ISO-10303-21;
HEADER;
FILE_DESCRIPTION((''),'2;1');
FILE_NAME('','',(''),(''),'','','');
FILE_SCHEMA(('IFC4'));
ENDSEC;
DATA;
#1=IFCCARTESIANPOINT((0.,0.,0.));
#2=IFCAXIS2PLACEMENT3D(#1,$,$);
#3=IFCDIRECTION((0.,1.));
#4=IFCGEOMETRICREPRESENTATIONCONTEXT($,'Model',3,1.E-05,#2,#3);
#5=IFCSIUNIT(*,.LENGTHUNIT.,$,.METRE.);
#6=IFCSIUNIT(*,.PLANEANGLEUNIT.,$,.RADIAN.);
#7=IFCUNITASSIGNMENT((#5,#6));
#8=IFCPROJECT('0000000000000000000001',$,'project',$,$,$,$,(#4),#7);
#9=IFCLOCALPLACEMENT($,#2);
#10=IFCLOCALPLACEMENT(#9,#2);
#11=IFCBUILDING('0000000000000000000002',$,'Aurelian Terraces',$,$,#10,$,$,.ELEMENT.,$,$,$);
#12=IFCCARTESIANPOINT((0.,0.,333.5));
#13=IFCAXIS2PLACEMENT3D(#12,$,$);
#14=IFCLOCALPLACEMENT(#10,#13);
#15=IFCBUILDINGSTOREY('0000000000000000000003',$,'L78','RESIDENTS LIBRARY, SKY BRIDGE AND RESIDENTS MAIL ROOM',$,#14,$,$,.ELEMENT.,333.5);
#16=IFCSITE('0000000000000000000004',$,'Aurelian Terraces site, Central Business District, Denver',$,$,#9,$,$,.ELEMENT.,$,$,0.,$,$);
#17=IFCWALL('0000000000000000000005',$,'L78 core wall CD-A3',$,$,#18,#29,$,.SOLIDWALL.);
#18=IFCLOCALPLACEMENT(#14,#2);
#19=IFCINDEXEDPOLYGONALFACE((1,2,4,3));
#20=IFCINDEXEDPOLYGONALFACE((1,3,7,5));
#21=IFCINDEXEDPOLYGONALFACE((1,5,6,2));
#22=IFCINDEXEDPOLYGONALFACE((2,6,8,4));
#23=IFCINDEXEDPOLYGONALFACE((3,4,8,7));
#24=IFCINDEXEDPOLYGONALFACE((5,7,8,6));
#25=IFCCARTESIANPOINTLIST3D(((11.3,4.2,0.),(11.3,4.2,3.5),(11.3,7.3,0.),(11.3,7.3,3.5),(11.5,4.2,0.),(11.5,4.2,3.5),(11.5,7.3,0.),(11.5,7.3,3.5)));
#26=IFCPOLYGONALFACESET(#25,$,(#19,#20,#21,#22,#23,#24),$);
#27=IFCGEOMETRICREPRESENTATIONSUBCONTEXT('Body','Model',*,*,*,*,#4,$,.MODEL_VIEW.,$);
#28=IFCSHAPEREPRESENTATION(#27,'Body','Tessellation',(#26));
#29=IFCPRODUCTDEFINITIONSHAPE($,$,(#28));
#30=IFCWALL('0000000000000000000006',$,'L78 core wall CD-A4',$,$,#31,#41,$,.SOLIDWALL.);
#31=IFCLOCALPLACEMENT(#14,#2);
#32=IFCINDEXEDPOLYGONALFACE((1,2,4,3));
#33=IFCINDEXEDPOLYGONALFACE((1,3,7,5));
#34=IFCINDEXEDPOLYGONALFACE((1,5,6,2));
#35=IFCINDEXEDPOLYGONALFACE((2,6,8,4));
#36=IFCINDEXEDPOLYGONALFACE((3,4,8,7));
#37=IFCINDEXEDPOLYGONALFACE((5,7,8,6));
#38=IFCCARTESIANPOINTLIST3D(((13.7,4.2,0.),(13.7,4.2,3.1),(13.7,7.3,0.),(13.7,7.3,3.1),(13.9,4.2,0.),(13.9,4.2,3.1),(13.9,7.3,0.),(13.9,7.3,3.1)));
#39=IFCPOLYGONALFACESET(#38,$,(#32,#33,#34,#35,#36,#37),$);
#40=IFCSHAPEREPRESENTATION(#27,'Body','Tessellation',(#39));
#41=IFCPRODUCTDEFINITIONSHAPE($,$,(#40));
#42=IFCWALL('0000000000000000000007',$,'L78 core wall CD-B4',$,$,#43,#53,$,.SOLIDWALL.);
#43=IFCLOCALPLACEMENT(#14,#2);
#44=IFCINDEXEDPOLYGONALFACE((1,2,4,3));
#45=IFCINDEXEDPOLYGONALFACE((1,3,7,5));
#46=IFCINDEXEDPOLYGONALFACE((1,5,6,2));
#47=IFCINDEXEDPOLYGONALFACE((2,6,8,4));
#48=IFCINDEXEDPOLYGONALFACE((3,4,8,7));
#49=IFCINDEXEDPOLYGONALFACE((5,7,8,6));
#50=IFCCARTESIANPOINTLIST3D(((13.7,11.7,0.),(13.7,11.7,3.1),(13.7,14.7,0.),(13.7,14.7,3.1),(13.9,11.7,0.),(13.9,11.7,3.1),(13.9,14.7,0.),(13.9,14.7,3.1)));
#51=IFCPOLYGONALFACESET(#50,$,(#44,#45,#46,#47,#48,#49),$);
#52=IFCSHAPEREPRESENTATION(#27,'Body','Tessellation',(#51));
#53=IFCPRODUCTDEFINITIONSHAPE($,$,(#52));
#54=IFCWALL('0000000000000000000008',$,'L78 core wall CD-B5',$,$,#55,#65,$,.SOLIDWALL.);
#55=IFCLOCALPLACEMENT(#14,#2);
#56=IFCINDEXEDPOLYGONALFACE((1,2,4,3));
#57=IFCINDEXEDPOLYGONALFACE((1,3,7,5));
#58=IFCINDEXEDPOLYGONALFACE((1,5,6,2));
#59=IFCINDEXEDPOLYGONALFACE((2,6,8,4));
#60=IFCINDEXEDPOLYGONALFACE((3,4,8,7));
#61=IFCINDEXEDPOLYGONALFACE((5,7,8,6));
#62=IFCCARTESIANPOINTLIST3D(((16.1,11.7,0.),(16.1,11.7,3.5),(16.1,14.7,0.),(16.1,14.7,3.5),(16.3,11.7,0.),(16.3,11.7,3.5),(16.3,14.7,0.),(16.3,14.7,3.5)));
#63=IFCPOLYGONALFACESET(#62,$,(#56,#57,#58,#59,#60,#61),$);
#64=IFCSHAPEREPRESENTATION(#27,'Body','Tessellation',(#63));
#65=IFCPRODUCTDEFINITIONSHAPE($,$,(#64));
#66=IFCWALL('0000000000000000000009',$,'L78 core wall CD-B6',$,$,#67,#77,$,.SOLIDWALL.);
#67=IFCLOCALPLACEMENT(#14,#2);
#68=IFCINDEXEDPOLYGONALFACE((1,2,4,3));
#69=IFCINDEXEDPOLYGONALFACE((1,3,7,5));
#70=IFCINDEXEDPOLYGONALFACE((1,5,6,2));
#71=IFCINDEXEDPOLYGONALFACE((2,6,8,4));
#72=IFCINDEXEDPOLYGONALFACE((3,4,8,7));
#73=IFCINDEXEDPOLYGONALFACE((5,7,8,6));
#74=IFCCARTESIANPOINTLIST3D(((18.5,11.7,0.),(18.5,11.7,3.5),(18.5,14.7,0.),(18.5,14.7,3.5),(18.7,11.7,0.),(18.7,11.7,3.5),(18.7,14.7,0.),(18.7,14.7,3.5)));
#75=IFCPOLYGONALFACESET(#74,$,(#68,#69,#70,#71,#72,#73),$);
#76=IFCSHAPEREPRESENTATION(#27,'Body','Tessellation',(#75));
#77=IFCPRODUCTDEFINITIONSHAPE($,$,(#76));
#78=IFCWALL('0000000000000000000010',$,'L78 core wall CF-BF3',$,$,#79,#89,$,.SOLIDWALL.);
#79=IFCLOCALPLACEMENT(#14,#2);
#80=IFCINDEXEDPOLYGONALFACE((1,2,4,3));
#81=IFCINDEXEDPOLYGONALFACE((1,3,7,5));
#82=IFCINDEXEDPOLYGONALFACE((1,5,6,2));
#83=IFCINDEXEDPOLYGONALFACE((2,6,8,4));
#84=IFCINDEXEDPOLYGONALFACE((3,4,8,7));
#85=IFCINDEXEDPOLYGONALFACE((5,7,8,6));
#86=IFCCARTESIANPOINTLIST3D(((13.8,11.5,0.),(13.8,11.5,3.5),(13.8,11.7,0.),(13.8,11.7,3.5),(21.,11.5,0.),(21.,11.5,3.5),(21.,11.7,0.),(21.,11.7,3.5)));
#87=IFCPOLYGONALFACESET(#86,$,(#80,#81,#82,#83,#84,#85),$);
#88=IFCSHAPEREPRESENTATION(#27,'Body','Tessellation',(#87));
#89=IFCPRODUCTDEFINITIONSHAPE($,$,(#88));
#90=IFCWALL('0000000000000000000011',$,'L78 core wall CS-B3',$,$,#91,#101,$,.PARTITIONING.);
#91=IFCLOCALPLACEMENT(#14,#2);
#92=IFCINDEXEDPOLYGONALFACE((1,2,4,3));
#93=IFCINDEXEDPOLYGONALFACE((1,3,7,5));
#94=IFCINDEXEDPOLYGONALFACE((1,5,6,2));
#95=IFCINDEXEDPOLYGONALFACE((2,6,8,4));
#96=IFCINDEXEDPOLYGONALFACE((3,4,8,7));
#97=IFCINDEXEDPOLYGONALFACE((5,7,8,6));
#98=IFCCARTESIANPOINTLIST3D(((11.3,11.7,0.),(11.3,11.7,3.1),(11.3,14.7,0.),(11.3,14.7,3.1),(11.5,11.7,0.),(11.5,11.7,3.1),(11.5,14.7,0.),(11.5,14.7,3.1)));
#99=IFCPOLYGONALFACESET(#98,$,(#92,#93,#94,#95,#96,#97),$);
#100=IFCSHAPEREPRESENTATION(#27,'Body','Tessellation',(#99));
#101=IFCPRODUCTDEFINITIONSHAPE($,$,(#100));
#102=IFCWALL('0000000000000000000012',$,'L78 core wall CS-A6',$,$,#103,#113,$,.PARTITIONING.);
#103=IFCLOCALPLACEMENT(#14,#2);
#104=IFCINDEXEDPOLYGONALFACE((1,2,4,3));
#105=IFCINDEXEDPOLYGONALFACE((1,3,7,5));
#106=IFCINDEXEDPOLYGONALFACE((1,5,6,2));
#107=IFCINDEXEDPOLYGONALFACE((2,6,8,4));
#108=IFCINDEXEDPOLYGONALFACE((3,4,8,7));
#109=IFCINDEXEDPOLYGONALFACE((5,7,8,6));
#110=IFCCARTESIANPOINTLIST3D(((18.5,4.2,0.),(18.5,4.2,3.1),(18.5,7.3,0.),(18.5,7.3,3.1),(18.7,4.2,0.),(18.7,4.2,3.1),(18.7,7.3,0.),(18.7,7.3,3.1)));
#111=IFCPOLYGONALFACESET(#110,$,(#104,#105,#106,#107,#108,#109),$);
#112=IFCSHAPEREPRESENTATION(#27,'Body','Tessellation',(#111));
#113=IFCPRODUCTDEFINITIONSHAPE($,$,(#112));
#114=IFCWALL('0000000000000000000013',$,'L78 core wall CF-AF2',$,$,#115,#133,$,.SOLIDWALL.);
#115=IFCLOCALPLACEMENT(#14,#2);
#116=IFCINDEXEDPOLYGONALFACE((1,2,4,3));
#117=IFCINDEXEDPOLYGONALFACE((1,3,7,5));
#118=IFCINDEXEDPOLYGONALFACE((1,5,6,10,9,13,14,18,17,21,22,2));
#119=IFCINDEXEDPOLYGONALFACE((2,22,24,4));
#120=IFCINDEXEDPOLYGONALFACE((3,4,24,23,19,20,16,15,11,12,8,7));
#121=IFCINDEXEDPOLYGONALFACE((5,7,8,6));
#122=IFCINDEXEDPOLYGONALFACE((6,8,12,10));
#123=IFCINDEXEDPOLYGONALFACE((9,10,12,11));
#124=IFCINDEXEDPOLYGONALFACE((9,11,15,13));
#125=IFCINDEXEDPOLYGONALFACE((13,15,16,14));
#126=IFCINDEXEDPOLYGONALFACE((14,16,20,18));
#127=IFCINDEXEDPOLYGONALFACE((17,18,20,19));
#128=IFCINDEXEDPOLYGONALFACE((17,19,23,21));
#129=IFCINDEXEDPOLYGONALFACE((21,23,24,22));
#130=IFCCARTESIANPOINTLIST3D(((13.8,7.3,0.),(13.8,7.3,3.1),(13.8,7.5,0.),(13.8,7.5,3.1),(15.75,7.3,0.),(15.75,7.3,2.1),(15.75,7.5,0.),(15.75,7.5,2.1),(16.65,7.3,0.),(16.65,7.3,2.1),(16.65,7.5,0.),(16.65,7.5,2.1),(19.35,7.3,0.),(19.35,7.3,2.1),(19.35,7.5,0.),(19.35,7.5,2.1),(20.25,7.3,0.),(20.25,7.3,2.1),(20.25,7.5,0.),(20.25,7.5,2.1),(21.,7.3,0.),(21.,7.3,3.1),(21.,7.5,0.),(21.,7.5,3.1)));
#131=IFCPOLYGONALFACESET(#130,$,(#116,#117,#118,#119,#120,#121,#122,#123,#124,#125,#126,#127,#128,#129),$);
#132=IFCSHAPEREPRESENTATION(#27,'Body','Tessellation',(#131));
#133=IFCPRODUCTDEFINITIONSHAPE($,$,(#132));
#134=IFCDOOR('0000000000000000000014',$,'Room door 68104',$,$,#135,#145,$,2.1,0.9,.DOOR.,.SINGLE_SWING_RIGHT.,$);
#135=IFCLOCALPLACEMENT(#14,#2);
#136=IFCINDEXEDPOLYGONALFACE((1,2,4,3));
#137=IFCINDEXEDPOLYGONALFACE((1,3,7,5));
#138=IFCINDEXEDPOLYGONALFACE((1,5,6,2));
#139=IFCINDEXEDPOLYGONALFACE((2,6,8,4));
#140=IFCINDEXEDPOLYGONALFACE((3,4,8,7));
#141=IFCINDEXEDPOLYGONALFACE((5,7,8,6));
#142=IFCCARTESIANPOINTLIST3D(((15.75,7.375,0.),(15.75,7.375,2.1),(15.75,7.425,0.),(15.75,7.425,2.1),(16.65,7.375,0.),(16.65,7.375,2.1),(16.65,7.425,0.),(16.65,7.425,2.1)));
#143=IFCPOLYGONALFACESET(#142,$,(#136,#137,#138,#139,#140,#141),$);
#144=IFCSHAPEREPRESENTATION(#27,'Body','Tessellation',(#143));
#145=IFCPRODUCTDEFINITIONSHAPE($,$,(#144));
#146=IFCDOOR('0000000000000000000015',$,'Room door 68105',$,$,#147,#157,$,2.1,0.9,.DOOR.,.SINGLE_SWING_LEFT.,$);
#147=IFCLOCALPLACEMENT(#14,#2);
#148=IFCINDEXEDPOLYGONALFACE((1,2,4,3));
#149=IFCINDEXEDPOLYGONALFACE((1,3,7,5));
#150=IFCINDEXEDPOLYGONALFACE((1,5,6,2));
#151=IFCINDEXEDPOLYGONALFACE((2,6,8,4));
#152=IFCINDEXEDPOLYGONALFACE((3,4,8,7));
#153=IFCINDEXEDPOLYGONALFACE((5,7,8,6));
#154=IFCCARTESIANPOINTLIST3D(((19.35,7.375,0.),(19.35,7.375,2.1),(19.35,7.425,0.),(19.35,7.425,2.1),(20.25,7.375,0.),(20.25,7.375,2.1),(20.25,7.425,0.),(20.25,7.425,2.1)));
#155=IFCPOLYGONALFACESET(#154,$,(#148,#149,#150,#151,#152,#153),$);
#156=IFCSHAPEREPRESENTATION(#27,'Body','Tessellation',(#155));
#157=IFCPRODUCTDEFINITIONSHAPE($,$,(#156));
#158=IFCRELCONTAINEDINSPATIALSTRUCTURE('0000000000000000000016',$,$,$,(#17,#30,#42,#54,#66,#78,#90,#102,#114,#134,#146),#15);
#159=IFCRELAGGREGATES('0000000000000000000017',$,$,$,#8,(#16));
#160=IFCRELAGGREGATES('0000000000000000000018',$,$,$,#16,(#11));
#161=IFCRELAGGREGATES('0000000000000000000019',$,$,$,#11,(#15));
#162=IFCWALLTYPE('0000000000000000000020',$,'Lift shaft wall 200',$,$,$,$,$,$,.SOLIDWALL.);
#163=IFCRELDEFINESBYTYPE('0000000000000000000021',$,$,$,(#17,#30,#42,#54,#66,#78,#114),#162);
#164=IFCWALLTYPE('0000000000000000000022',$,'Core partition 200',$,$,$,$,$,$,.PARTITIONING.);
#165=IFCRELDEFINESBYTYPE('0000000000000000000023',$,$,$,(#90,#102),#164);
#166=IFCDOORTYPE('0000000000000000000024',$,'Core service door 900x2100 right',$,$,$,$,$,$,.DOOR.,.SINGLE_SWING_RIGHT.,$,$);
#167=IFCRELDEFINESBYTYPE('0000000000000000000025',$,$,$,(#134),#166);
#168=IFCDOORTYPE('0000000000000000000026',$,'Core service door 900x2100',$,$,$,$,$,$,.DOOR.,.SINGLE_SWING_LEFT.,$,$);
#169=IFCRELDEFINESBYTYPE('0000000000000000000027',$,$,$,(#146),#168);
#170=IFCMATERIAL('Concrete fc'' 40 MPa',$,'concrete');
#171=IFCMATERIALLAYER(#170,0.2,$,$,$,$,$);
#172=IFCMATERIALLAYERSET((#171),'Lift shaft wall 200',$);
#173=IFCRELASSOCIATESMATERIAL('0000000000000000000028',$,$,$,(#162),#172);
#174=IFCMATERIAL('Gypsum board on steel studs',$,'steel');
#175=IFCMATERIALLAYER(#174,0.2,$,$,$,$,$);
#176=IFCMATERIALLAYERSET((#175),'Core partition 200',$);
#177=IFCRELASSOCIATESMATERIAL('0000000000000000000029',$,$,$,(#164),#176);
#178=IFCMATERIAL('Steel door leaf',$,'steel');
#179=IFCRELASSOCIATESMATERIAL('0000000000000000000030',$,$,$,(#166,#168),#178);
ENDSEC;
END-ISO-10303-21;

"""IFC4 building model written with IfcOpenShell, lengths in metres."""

from ifc_helpers import new_model, si_unit, direction, frame, frame_2d, origin, place, context, subcontext, project, spatial, rectangle, extrude, source, transform, mapped, material, layer, layer_set, type_object, element, fill, save


model = new_model("IFC4")

# Units and contexts
model_context = context("Model", 3, precision=1e-05, world=origin(), true_north=direction((0.0, 1.0)))
body_context = subcontext(model_context, "Body", "Model", "MODEL_VIEW")
ifc_project = project(units=[si_unit("LENGTHUNIT", "METRE"), si_unit("PLANEANGLEUNIT", "RADIAN")], contexts=[model_context])

# Site, building, storey
site_placement = place(None, origin())
site = spatial("IfcSite", under=ifc_project, at=site_placement, Name="Aurelian Terraces site, Central Business District, Denver", CompositionType="ELEMENT", RefElevation=0.0)
building_placement = place(site_placement, origin())
building = spatial("IfcBuilding", under=site, at=building_placement, Name="Aurelian Terraces", CompositionType="ELEMENT")
storey_placement = place(building_placement, frame((0.0, 0.0, 333.5)))
storey = spatial("IfcBuildingStorey", under=building, at=storey_placement, Name="L78", Description="RESIDENTS LIBRARY, SKY BRIDGE AND RESIDENTS MAIL ROOM", CompositionType="ELEMENT", Elevation=333.5)

# Shared definitions
ifc_material_1 = material(Name="Steel door leaf", Category="steel")

# Shared definitions
ifc_material_2 = material(Name="Concrete fc' 40 MPa", Category="concrete")

# Walls
ifc_layer_1 = layer(ifc_material_2, 0.2)
ifc_layer_set_1 = layer_set([ifc_layer_1], Name="Lift shaft wall 200")
wall_type_1 = type_object("IfcWallType", Name="Lift shaft wall 200", PredefinedType="SOLIDWALL", material=ifc_layer_set_1)
shared_shape_1 = source(origin(), body_context, "Body", "SweptSolid", [
    extrude(rectangle(XDim=3.1, YDim=0.2, at=frame_2d((1.55, 0.0))), origin(), (0.0, 0.0, 1.0), 3.5),
])
wall_1_placement = place(storey_placement, frame((11.4, 4.2, 0.0), z_axis=(0.0, 0.0, 1.0), x_axis=(0.0, 1.0, 0.0)))
element("IfcWall", 1, at=wall_1_placement, inside=storey, type_object=wall_type_1, Name="L78 core wall CD-A3", PredefinedType="SOLIDWALL", context=body_context, shape_type="MappedRepresentation", body=[
    mapped(shared_shape_1, transform((0.0, 0.0, 0.0), scale=1.0)),
])
shared_shape_2 = source(origin(), body_context, "Body", "SweptSolid", [
    extrude(rectangle(XDim=3.1, YDim=0.2, at=frame_2d((1.55, 0.0))), origin(), (0.0, 0.0, 1.0), 3.1),
])
wall_2_placement = place(storey_placement, frame((13.8, 4.2, 0.0), z_axis=(0.0, 0.0, 1.0), x_axis=(0.0, 1.0, 0.0)))
element("IfcWall", 2, at=wall_2_placement, inside=storey, type_object=wall_type_1, Name="L78 core wall CD-A4", PredefinedType="SOLIDWALL", context=body_context, shape_type="MappedRepresentation", body=[
    mapped(shared_shape_2, transform((0.0, 0.0, 0.0), scale=1.0)),
])
shared_shape_3 = source(origin(), body_context, "Body", "SweptSolid", [
    extrude(rectangle(XDim=3.0, YDim=0.2, at=frame_2d((1.5, 0.0))), origin(), (0.0, 0.0, 1.0), 3.1),
])
wall_3_placement = place(storey_placement, frame((13.8, 11.7, 0.0), z_axis=(0.0, 0.0, 1.0), x_axis=(0.0, 1.0, 0.0)))
element("IfcWall", 3, at=wall_3_placement, inside=storey, type_object=wall_type_1, Name="L78 core wall CD-B4", PredefinedType="SOLIDWALL", context=body_context, shape_type="MappedRepresentation", body=[
    mapped(shared_shape_3, transform((0.0, 0.0, 0.0), scale=1.0)),
])
shared_shape_4 = source(origin(), body_context, "Body", "SweptSolid", [
    extrude(rectangle(XDim=3.0, YDim=0.2, at=frame_2d((1.5, 0.0))), origin(), (0.0, 0.0, 1.0), 3.5),
])
for number, where, z_axis, x_axis, name in (
    (4, (16.2, 11.7, 0.0), (0.0, 0.0, 1.0), (0.0, 1.0, 0.0), "L78 core wall CD-B5"),
    (5, (18.6, 11.7, 0.0), (0.0, 0.0, 1.0), (0.0, 1.0, 0.0), "L78 core wall CD-B6"),
):
    element("IfcWall", number, at=place(storey_placement, frame(where, z_axis=z_axis, x_axis=x_axis)), inside=storey, type_object=wall_type_1, Name=name, PredefinedType="SOLIDWALL", context=body_context, shape_type="MappedRepresentation", body=[
        mapped(shared_shape_4, transform((0.0, 0.0, 0.0), scale=1.0)),
    ])
shared_shape_5 = source(origin(), body_context, "Body", "SweptSolid", [
    extrude(rectangle(XDim=7.2, YDim=0.2, at=frame_2d((3.6, 0.0))), origin(), (0.0, 0.0, 1.0), 3.5),
])
wall_4_placement = place(storey_placement, frame((13.8, 11.6, 0.0), z_axis=(0.0, 0.0, 1.0), x_axis=(1.0, 0.0, 0.0)))
element("IfcWall", 6, at=wall_4_placement, inside=storey, type_object=wall_type_1, Name="L78 core wall CF-BF3", PredefinedType="SOLIDWALL", context=body_context, shape_type="MappedRepresentation", body=[
    mapped(shared_shape_5, transform((0.0, 0.0, 0.0), scale=1.0)),
])
ifc_material_3 = material(Name="Gypsum board on steel studs", Category="steel")
ifc_layer_2 = layer(ifc_material_3, 0.2)
ifc_layer_set_2 = layer_set([ifc_layer_2], Name="Core partition 200")
wall_type_2 = type_object("IfcWallType", Name="Core partition 200", PredefinedType="PARTITIONING", material=ifc_layer_set_2)
shared_shape_6 = source(origin(), body_context, "Body", "SweptSolid", [
    extrude(rectangle(XDim=3.0, YDim=0.2, at=frame_2d((1.5, 0.0))), origin(), (0.0, 0.0, 1.0), 3.1),
])
wall_5_placement = place(storey_placement, frame((11.4, 11.7, 0.0), z_axis=(0.0, 0.0, 1.0), x_axis=(0.0, 1.0, 0.0)))
element("IfcWall", 7, at=wall_5_placement, inside=storey, type_object=wall_type_2, Name="L78 core wall CS-B3", PredefinedType="PARTITIONING", context=body_context, shape_type="MappedRepresentation", body=[
    mapped(shared_shape_6, transform((0.0, 0.0, 0.0), scale=1.0)),
])
shared_shape_7 = source(origin(), body_context, "Body", "SweptSolid", [
    extrude(rectangle(XDim=3.1, YDim=0.2, at=frame_2d((1.55, 0.0))), origin(), (0.0, 0.0, 1.0), 3.1),
])
wall_6_placement = place(storey_placement, frame((18.6, 4.2, 0.0), z_axis=(0.0, 0.0, 1.0), x_axis=(0.0, 1.0, 0.0)))
element("IfcWall", 8, at=wall_6_placement, inside=storey, type_object=wall_type_2, Name="L78 core wall CS-A6", PredefinedType="PARTITIONING", context=body_context, shape_type="MappedRepresentation", body=[
    mapped(shared_shape_7, transform((0.0, 0.0, 0.0), scale=1.0)),
])

# Wall, openings, doors
shared_shape_8 = source(origin(), body_context, "Body", "SweptSolid", [
    extrude(rectangle(XDim=7.2, YDim=0.2, at=frame_2d((3.6, 0.0))), origin(), (0.0, 0.0, 1.0), 3.1),
])
wall_7_placement = place(storey_placement, frame((13.8, 7.4, 0.0), z_axis=(0.0, 0.0, 1.0), x_axis=(1.0, 0.0, 0.0)))
wall_7 = element("IfcWall", 9, at=wall_7_placement, inside=storey, type_object=wall_type_1, Name="L78 core wall CF-AF2", PredefinedType="SOLIDWALL", context=body_context, shape_type="MappedRepresentation", body=[
    mapped(shared_shape_8, transform((0.0, 0.0, 0.0), scale=1.0)),
])
shared_shape_9 = source(origin(), body_context, "Body", "SweptSolid", [
    extrude(rectangle(XDim=0.9, YDim=2.1, at=frame_2d((0.45, 1.05))), frame((0.0, 0.11, 0.0), z_axis=(0.0, -1.0, 0.0), x_axis=(1.0, 0.0, 0.0)), (0.0, 0.0, 1.0), 0.22),
])
opening_1_placement = place(wall_7_placement, frame((1.95, 0.0, 0.0)))
opening_1 = element("IfcOpeningElement", 10, at=opening_1_placement, cuts=wall_7, PredefinedType="OPENING", context=body_context, shape_type="MappedRepresentation", body=[
    mapped(shared_shape_9, transform((0.0, 0.0, 0.0), scale=1.0)),
])
opening_2_placement = place(wall_7_placement, frame((5.55, 0.0, 0.0)))
opening_2 = element("IfcOpeningElement", 11, at=opening_2_placement, cuts=wall_7, PredefinedType="OPENING", context=body_context, shape_type="MappedRepresentation", body=[
    mapped(shared_shape_9, transform((0.0, 0.0, 0.0), scale=1.0)),
])
door_type_1 = type_object("IfcDoorType", Name="Core service door 900x2100 right", OperationType="SINGLE_SWING_RIGHT", PredefinedType="DOOR", material=ifc_material_1)
shared_shape_10 = source(origin(), body_context, "Body", "SweptSolid", [
    extrude(rectangle(XDim=0.9, YDim=2.1, at=frame_2d((0.45, 1.05))), frame((0.0, 0.025, 0.0), z_axis=(0.0, -1.0, 0.0), x_axis=(1.0, 0.0, 0.0)), (0.0, 0.0, 1.0), 0.05),
])
door_1_placement = place(opening_1_placement, origin())
door_1 = element("IfcDoor", 12, at=door_1_placement, inside=storey, type_object=door_type_1, Name="Room door 68104", OperationType="SINGLE_SWING_RIGHT", OverallHeight=2.1, OverallWidth=0.9, PredefinedType="DOOR", context=body_context, shape_type="MappedRepresentation", body=[
    mapped(shared_shape_10, transform((0.0, 0.0, 0.0), scale=1.0)),
])
fill(opening_1, door_1)
door_type_2 = type_object("IfcDoorType", Name="Core service door 900x2100", OperationType="SINGLE_SWING_LEFT", PredefinedType="DOOR", material=ifc_material_1)
door_2_placement = place(opening_2_placement, origin())
door_2 = element("IfcDoor", 13, at=door_2_placement, inside=storey, type_object=door_type_2, Name="Room door 68105", OperationType="SINGLE_SWING_LEFT", OverallHeight=2.1, OverallWidth=0.9, PredefinedType="DOOR", context=body_context, shape_type="MappedRepresentation", body=[
    mapped(shared_shape_10, transform((0.0, 0.0, 0.0), scale=1.0)),
])
fill(opening_2, door_2)

save(model, "model.ifc")
